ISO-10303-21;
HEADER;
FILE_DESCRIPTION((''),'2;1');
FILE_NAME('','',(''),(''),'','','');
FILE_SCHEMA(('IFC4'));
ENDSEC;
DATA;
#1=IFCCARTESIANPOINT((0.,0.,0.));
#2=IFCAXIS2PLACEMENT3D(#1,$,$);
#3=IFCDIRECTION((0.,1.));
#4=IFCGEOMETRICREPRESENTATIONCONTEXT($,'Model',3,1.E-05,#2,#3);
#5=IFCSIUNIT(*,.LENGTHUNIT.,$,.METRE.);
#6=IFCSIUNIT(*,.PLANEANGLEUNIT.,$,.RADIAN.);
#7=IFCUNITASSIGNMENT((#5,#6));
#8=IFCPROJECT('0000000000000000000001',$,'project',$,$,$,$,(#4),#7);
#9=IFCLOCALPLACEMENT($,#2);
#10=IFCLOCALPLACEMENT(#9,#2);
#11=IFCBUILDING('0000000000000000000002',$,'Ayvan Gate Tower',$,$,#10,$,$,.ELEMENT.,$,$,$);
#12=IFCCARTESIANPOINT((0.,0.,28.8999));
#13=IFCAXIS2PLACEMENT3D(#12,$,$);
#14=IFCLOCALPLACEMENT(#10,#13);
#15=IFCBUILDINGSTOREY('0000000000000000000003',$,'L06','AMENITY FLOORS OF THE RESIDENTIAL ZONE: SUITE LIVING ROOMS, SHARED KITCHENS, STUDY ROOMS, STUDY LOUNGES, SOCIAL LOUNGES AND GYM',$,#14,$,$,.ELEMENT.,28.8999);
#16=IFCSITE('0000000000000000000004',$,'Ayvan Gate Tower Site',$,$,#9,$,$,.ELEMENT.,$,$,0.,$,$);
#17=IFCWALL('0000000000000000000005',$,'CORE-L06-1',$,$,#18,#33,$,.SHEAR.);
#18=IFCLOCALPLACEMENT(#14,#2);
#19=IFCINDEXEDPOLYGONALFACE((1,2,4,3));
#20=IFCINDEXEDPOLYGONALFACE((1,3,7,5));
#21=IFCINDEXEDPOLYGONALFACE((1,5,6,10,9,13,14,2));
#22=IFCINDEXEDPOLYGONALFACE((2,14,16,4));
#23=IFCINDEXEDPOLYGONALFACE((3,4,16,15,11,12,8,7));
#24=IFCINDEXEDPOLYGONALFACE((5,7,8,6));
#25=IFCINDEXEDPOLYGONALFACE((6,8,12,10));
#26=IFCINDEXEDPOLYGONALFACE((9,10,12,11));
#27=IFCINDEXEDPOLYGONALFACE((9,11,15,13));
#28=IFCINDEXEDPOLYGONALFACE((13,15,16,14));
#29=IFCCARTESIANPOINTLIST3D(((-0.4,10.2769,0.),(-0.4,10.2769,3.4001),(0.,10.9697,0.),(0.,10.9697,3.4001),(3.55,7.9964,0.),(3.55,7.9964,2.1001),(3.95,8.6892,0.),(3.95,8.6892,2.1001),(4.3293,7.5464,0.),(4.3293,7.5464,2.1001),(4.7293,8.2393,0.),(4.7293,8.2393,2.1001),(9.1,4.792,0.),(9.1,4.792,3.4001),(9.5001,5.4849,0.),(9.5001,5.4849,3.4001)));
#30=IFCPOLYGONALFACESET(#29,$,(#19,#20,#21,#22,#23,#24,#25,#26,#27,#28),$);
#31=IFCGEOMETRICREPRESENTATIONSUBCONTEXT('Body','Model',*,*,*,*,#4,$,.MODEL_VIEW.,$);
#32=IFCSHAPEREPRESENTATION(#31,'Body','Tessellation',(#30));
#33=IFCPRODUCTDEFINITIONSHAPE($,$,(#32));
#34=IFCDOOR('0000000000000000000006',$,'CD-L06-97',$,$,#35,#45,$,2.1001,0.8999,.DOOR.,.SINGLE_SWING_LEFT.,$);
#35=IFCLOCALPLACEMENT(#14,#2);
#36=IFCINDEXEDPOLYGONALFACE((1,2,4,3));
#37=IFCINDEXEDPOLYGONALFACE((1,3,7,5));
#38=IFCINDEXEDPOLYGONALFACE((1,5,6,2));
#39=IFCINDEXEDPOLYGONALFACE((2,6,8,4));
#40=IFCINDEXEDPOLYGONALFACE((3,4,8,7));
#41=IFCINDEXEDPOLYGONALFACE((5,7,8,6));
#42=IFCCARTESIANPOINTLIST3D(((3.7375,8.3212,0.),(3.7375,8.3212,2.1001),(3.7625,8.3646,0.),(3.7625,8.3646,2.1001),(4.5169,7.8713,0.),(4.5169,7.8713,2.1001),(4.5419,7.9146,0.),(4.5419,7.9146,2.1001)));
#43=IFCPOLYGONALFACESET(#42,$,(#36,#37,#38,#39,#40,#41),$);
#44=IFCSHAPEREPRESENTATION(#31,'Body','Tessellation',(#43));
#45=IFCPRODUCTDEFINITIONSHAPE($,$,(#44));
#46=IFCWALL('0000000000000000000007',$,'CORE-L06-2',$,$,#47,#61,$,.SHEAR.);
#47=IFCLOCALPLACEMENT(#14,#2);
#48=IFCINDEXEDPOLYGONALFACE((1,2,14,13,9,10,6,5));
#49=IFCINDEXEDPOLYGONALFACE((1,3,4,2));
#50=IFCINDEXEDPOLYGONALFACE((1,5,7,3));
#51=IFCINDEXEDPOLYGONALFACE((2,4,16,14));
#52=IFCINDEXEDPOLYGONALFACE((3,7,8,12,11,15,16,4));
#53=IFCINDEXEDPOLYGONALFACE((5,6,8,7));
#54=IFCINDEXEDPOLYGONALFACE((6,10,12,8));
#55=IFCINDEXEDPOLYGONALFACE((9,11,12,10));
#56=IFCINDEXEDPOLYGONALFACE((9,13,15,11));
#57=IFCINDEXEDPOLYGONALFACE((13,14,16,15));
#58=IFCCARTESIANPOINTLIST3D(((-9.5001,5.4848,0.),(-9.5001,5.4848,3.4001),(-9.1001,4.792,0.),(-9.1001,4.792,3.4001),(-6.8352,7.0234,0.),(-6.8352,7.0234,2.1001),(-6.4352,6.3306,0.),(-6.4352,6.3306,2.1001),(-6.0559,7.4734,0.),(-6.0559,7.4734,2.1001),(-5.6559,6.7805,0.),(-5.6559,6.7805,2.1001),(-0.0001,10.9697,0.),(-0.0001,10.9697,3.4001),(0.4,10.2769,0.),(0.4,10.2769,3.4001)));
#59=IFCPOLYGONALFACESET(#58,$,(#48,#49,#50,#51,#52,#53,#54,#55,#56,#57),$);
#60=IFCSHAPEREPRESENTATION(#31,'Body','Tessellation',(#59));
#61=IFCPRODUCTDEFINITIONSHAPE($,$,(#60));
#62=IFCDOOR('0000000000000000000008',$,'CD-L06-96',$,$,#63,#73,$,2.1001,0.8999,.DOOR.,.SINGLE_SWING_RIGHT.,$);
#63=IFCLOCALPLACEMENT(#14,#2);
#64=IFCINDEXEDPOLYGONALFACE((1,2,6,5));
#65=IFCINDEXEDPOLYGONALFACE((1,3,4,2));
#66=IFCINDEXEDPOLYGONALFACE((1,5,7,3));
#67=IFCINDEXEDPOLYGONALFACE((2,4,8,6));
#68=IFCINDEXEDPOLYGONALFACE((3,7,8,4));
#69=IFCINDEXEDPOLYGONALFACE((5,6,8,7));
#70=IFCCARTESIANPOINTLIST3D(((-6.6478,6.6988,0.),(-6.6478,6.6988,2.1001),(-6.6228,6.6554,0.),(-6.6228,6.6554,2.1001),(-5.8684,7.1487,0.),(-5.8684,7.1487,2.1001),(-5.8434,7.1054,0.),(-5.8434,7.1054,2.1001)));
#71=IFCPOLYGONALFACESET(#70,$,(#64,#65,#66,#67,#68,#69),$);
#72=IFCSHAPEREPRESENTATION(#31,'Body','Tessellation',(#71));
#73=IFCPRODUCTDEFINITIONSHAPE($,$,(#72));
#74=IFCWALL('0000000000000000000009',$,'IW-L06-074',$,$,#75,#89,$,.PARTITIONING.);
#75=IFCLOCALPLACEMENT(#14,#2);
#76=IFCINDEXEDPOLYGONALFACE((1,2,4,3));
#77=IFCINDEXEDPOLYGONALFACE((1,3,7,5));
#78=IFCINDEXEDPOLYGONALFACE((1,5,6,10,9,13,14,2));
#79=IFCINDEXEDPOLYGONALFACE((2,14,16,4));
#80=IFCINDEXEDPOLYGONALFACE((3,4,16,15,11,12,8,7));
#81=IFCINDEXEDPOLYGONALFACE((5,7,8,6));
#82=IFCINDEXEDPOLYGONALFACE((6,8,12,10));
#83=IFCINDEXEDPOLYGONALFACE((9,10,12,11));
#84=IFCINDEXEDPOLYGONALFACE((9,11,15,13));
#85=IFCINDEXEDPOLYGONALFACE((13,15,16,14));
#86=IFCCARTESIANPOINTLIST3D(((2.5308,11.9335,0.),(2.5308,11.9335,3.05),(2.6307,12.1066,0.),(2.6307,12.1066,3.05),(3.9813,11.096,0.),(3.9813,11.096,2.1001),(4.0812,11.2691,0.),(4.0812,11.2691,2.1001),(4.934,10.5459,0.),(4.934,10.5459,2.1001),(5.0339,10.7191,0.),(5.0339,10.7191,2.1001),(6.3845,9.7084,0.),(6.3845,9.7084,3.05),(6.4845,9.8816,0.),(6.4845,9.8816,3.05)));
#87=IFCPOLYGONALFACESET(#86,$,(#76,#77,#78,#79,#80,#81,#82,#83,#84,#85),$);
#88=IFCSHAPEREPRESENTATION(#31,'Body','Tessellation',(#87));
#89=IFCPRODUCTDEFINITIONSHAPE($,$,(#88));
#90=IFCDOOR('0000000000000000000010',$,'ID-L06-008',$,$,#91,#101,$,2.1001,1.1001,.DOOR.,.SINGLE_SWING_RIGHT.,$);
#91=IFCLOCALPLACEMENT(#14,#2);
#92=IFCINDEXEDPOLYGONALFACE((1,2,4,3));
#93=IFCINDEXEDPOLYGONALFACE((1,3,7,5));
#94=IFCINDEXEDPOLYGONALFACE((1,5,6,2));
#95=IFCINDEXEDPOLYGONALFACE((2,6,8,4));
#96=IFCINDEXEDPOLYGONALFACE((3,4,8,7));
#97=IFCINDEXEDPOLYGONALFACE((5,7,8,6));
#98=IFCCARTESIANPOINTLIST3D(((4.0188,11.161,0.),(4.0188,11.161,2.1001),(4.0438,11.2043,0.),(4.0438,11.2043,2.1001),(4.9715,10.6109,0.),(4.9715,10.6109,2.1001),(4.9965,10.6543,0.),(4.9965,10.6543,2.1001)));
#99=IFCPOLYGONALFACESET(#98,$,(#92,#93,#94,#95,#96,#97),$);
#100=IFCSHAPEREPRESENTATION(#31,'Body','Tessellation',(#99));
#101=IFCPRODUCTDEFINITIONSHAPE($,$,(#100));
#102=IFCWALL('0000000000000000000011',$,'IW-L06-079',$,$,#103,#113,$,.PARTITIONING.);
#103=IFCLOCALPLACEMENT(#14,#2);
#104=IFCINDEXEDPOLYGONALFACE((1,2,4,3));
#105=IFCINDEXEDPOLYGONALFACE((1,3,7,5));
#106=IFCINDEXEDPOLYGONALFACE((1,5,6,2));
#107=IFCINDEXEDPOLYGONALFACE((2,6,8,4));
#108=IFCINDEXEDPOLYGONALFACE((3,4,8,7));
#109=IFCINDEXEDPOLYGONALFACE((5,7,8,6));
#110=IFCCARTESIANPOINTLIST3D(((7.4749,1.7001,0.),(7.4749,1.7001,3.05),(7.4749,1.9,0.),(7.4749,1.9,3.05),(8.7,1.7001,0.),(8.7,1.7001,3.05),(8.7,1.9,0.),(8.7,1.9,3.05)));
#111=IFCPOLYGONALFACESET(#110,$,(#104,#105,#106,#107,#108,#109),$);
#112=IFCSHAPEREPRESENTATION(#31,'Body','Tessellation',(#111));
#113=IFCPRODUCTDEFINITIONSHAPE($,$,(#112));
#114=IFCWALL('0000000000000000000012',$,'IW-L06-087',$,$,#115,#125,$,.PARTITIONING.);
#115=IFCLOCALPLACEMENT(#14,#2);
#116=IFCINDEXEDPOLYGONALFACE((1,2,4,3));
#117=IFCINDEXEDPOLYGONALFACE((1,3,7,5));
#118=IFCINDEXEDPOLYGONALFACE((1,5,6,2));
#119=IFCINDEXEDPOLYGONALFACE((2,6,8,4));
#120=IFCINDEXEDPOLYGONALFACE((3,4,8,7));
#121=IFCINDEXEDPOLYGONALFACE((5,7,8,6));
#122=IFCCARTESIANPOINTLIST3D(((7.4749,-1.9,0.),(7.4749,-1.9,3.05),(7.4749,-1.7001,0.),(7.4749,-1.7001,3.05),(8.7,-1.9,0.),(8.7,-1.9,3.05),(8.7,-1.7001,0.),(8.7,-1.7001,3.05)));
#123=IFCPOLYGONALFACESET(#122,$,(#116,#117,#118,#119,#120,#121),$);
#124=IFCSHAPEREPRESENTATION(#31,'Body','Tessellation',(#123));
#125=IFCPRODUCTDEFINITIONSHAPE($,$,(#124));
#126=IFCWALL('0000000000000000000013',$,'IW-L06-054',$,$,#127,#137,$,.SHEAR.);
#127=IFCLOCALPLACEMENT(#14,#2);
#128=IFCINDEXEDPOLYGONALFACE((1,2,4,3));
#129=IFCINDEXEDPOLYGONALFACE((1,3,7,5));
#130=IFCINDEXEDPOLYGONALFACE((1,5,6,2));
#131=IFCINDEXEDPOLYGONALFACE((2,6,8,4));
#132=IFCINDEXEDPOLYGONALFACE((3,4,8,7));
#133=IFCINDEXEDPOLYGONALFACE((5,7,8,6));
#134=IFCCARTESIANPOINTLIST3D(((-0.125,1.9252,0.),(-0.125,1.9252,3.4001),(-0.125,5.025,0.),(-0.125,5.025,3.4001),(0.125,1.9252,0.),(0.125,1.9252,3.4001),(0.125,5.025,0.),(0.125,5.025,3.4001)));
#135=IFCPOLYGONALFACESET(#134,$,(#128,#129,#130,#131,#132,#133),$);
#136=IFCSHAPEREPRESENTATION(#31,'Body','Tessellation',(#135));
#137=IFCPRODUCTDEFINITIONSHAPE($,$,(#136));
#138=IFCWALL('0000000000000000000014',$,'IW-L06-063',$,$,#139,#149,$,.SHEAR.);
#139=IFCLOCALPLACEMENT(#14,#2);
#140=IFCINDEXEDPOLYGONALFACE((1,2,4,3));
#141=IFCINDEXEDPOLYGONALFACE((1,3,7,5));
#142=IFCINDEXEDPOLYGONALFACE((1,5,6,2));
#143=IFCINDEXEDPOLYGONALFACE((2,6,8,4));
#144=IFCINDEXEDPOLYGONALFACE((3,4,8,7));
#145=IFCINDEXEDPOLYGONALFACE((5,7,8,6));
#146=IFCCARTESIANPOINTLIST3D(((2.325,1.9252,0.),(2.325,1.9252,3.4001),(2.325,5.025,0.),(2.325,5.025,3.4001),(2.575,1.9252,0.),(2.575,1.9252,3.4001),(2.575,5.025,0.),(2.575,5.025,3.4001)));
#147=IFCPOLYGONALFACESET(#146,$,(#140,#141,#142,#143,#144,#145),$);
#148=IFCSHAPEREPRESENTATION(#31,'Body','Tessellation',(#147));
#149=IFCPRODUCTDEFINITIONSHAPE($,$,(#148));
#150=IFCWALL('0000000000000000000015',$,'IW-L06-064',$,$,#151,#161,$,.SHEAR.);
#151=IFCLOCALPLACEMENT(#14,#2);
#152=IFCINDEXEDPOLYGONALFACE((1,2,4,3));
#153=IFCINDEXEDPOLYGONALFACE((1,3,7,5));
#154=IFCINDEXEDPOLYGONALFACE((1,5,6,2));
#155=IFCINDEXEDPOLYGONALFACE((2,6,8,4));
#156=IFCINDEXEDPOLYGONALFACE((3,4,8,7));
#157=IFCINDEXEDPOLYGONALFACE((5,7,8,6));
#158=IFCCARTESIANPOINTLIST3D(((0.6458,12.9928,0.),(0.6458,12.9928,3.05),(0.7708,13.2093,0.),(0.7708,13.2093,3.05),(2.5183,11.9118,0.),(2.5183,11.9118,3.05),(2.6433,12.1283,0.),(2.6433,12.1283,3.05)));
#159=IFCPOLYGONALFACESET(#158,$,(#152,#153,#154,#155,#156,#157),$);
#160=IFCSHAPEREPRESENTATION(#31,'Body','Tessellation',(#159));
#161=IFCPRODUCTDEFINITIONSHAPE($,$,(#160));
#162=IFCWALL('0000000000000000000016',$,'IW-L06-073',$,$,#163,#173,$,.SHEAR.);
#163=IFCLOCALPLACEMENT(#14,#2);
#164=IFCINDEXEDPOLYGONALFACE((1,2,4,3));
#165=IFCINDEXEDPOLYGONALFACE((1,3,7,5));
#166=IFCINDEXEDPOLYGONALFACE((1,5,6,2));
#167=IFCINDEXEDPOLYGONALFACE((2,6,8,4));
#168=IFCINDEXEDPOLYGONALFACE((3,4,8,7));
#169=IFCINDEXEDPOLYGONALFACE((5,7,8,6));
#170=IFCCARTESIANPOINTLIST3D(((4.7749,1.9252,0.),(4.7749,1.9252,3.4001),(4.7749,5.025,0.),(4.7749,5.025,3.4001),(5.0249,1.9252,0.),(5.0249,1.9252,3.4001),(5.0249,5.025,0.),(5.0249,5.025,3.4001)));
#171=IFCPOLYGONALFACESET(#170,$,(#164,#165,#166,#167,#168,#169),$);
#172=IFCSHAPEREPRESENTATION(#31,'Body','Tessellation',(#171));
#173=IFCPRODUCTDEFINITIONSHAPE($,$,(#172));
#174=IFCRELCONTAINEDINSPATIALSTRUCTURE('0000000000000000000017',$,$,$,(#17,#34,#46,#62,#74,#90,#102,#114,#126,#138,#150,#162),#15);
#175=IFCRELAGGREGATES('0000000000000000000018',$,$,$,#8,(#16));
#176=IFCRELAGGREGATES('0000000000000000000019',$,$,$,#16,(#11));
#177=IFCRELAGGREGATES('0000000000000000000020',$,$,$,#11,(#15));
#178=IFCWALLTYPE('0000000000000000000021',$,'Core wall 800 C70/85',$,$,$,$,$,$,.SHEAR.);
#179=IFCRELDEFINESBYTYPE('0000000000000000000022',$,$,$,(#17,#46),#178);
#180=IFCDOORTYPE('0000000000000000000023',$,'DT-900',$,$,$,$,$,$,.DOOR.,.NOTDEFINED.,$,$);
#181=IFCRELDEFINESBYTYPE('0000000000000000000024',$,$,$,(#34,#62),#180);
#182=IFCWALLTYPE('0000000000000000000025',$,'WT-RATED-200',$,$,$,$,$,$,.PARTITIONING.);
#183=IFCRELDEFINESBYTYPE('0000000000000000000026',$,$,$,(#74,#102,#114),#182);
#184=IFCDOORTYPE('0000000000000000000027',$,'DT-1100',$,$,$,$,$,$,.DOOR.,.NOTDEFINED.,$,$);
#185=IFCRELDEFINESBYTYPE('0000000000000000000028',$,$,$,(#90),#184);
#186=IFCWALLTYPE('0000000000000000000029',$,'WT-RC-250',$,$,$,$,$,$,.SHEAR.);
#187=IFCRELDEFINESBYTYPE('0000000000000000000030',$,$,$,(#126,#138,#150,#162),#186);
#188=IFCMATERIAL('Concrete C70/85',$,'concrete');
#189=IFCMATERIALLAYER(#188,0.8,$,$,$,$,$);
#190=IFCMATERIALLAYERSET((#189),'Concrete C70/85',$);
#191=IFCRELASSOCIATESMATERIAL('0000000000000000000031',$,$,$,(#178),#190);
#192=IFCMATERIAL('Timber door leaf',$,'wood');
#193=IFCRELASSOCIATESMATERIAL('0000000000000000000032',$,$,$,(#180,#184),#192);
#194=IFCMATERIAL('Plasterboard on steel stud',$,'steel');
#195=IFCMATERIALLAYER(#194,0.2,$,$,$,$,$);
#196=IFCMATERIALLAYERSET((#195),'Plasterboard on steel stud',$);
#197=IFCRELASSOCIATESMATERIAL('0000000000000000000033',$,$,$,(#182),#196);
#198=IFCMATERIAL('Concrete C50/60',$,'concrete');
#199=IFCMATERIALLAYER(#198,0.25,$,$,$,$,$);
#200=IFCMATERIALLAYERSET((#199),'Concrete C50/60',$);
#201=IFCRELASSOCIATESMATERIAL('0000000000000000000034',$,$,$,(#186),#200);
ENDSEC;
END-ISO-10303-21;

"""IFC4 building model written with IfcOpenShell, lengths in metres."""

from ifc_helpers import new_model, si_unit, direction, frame, frame_2d, origin, place, context, subcontext, project, spatial, rectangle, extrude, material, layer, layer_set, type_object, element, fill, save


model = new_model("IFC4")

# Units and contexts
model_context = context("Model", 3, precision=1e-05, world=origin(), true_north=direction((0.0, 1.0)))
body_context = subcontext(model_context, "Body", "Model", "MODEL_VIEW")
ifc_project = project(units=[si_unit("LENGTHUNIT", "METRE"), si_unit("PLANEANGLEUNIT", "RADIAN")], contexts=[model_context])

# Site, building, storey
site_placement = place(None, origin())
site = spatial("IfcSite", under=ifc_project, at=site_placement, Name="Ayvan Gate Tower Site", CompositionType="ELEMENT", RefElevation=0.0)
building_placement = place(site_placement, origin())
building = spatial("IfcBuilding", under=site, at=building_placement, Name="Ayvan Gate Tower", CompositionType="ELEMENT")
storey_placement = place(building_placement, frame((0.0, 0.0, 28.8999)))
storey = spatial("IfcBuildingStorey", under=building, at=storey_placement, Name="L06", Description="AMENITY FLOORS OF THE RESIDENTIAL ZONE: SUITE LIVING ROOMS, SHARED KITCHENS, STUDY ROOMS, STUDY LOUNGES, SOCIAL LOUNGES AND GYM", CompositionType="ELEMENT", Elevation=28.8999)

# Walls, openings, doors
ifc_material_1 = material(Name="Concrete C70/85", Category="concrete")
ifc_layer_1 = layer(ifc_material_1, 0.8)
ifc_layer_set_1 = layer_set([ifc_layer_1], Name="Concrete C70/85")
wall_type_1 = type_object("IfcWallType", Name="Core wall 800 C70/85", PredefinedType="SHEAR", material=ifc_layer_set_1)
wall_1_placement = place(storey_placement, frame((9.3, 5.1384, 0.0), z_axis=(0.0, 0.0, 1.0), x_axis=(-0.866024, 0.500002, 0.0)))
wall_1 = element("IfcWall", 1, at=wall_1_placement, inside=storey, type_object=wall_type_1, Name="CORE-L06-1", PredefinedType="SHEAR", context=body_context, shape_type="SweptSolid", body=[
    extrude(rectangle(XDim=10.9697, YDim=0.8, at=frame_2d((5.4849, 0.0))), origin(), (0.0, 0.0, 1.0), 3.4001),
])
opening_1_placement = place(wall_1_placement, frame((5.5088, 0.0, 0.0)))
opening_1 = element("IfcOpeningElement", 2, at=opening_1_placement, cuts=wall_1, PredefinedType="OPENING", context=body_context, shape_type="SweptSolid", body=[
    extrude(rectangle(XDim=0.8999, YDim=2.1001, at=frame_2d((0.45, 1.05))), frame((0.0, 0.4099, 0.0), z_axis=(0.0, -1.0, 0.0), x_axis=(1.0, 0.0, 0.0)), (0.0, 0.0, 1.0), 0.8201),
])
ifc_material_2 = material(Name="Timber door leaf", Category="wood")
door_type_1 = type_object("IfcDoorType", Name="DT-900", OperationType="NOTDEFINED", PredefinedType="DOOR", material=ifc_material_2)
door_1_placement = place(opening_1_placement, origin())
door_1 = element("IfcDoor", 3, at=door_1_placement, inside=storey, type_object=door_type_1, Name="CD-L06-97", OperationType="SINGLE_SWING_LEFT", OverallHeight=2.1001, OverallWidth=0.8999, PredefinedType="DOOR", context=body_context, shape_type="SweptSolid", body=[
    extrude(rectangle(XDim=0.8999, YDim=2.1001, at=frame_2d((0.45, 1.05))), frame((0.0, 0.0249, 0.0), z_axis=(0.0, -1.0, 0.0), x_axis=(1.0, 0.0, 0.0)), (0.0, 0.0, 1.0), 0.05),
])
fill(opening_1, door_1)
wall_2_placement = place(storey_placement, frame((0.2, 10.6233, 0.0), z_axis=(0.0, 0.0, 1.0), x_axis=(-0.866024, -0.500002, 0.0)))
wall_2 = element("IfcWall", 4, at=wall_2_placement, inside=storey, type_object=wall_type_1, Name="CORE-L06-2", PredefinedType="SHEAR", context=body_context, shape_type="SweptSolid", body=[
    extrude(rectangle(XDim=10.9697, YDim=0.8, at=frame_2d((5.4849, 0.0))), origin(), (0.0, 0.0, 1.0), 3.4001),
])
opening_2_placement = place(wall_2_placement, frame((6.9927, 0.0, 0.0)))
opening_2 = element("IfcOpeningElement", 5, at=opening_2_placement, cuts=wall_2, PredefinedType="OPENING", context=body_context, shape_type="SweptSolid", body=[
    extrude(rectangle(XDim=0.8999, YDim=2.1001, at=frame_2d((0.45, 1.05))), frame((0.0, 0.4099, 0.0), z_axis=(0.0, -1.0, 0.0), x_axis=(1.0, 0.0, 0.0)), (0.0, 0.0, 1.0), 0.8201),
])
door_2_placement = place(opening_2_placement, origin())
door_2 = element("IfcDoor", 6, at=door_2_placement, inside=storey, type_object=door_type_1, Name="CD-L06-96", OperationType="SINGLE_SWING_RIGHT", OverallHeight=2.1001, OverallWidth=0.8999, PredefinedType="DOOR", context=body_context, shape_type="SweptSolid", body=[
    extrude(rectangle(XDim=0.8999, YDim=2.1001, at=frame_2d((0.45, 1.05))), frame((0.0, 0.0249, 0.0), z_axis=(0.0, -1.0, 0.0), x_axis=(1.0, 0.0, 0.0)), (0.0, 0.0, 1.0), 0.05),
])
fill(opening_2, door_2)
ifc_material_3 = material(Name="Plasterboard on steel stud", Category="steel")
ifc_layer_2 = layer(ifc_material_3, 0.2)
ifc_layer_set_2 = layer_set([ifc_layer_2], Name="Plasterboard on steel stud")
wall_type_2 = type_object("IfcWallType", Name="WT-RATED-200", PredefinedType="PARTITIONING", material=ifc_layer_set_2)
wall_3_placement = place(storey_placement, frame((6.4346, 9.7949, 0.0), z_axis=(0.0, 0.0, 1.0), x_axis=(-0.866013, 0.500022, 0.0)))
wall_3 = element("IfcWall", 7, at=wall_3_placement, inside=storey, type_object=wall_type_2, Name="IW-L06-074", PredefinedType="PARTITIONING", context=body_context, shape_type="SweptSolid", body=[
    extrude(rectangle(XDim=4.45, YDim=0.2, at=frame_2d((2.2251, 0.0))), origin(), (0.0, 0.0, 1.0), 3.05),
])
opening_3_placement = place(wall_3_placement, frame((1.675, 0.0, 0.0)))
opening_3 = element("IfcOpeningElement", 8, at=opening_3_placement, cuts=wall_3, PredefinedType="OPENING", context=body_context, shape_type="SweptSolid", body=[
    extrude(rectangle(XDim=1.1001, YDim=2.1001, at=frame_2d((0.55, 1.05))), frame((0.0, 0.1099, 0.0), z_axis=(0.0, -1.0, 0.0), x_axis=(1.0, 0.0, 0.0)), (0.0, 0.0, 1.0), 0.22),
])
door_type_2 = type_object("IfcDoorType", Name="DT-1100", OperationType="NOTDEFINED", PredefinedType="DOOR", material=ifc_material_2)
door_3_placement = place(opening_3_placement, origin())
door_3 = element("IfcDoor", 9, at=door_3_placement, inside=storey, type_object=door_type_2, Name="ID-L06-008", OperationType="SINGLE_SWING_RIGHT", OverallHeight=2.1001, OverallWidth=1.1001, PredefinedType="DOOR", context=body_context, shape_type="SweptSolid", body=[
    extrude(rectangle(XDim=1.1001, YDim=2.1001, at=frame_2d((0.55, 1.05))), frame((0.0, 0.0249, 0.0), z_axis=(0.0, -1.0, 0.0), x_axis=(1.0, 0.0, 0.0)), (0.0, 0.0, 1.0), 0.05),
])
fill(opening_3, door_3)

# Walls
for number, where, z_axis, x_axis, name in (
    (10, (7.4749, 1.8, 0.0), (0.0, 0.0, 1.0), (1.0, 0.0, 0.0), "IW-L06-079"),
    (11, (8.7, -1.8, 0.0), (0.0, 0.0, 1.0), (-1.0, 0.0, 0.0), "IW-L06-087"),
):
    element("IfcWall", number, at=place(storey_placement, frame(where, z_axis=z_axis, x_axis=x_axis)), inside=storey, type_object=wall_type_2, Name=name, PredefinedType="PARTITIONING", context=body_context, shape_type="SweptSolid", body=[
        extrude(rectangle(XDim=1.2251, YDim=0.2, at=frame_2d((0.6125, 0.0))), origin(), (0.0, 0.0, 1.0), 3.05),
    ])
ifc_material_4 = material(Name="Concrete C50/60", Category="concrete")
ifc_layer_3 = layer(ifc_material_4, 0.25)
ifc_layer_set_3 = layer_set([ifc_layer_3], Name="Concrete C50/60")
wall_type_3 = type_object("IfcWallType", Name="WT-RC-250", PredefinedType="SHEAR", material=ifc_layer_set_3)
for number, where, z_axis, x_axis, name in (
    (12, (0.0, 5.0249, 0.0), (0.0, 0.0, 1.0), (0.0, -1.0, 0.0), "IW-L06-054"),
    (13, (2.45, 5.0249, 0.0), (0.0, 0.0, 1.0), (0.0, -1.0, 0.0), "IW-L06-063"),
):
    element("IfcWall", number, at=place(storey_placement, frame(where, z_axis=z_axis, x_axis=x_axis)), inside=storey, type_object=wall_type_3, Name=name, PredefinedType="SHEAR", context=body_context, shape_type="SweptSolid", body=[
        extrude(rectangle(XDim=3.0999, YDim=0.25, at=frame_2d((1.5498, 0.0))), origin(), (0.0, 0.0, 1.0), 3.4001),
    ])
wall_4_placement = place(storey_placement, frame((2.5808, 12.02, 0.0), z_axis=(0.0, 0.0, 1.0), x_axis=(-0.866039, 0.499977, 0.0)))
element("IfcWall", 14, at=wall_4_placement, inside=storey, type_object=wall_type_3, Name="IW-L06-064", PredefinedType="SHEAR", context=body_context, shape_type="SweptSolid", body=[
    extrude(rectangle(XDim=2.1621, YDim=0.25, at=frame_2d((1.0811, 0.0))), origin(), (0.0, 0.0, 1.0), 3.05),
])
wall_5_placement = place(storey_placement, frame((4.8999, 5.0249, 0.0), z_axis=(0.0, 0.0, 1.0), x_axis=(0.0, -1.0, 0.0)))
element("IfcWall", 15, at=wall_5_placement, inside=storey, type_object=wall_type_3, Name="IW-L06-073", PredefinedType="SHEAR", context=body_context, shape_type="SweptSolid", body=[
    extrude(rectangle(XDim=3.0999, YDim=0.25, at=frame_2d((1.5498, 0.0))), origin(), (0.0, 0.0, 1.0), 3.4001),
])

save(model, "model.ifc")
